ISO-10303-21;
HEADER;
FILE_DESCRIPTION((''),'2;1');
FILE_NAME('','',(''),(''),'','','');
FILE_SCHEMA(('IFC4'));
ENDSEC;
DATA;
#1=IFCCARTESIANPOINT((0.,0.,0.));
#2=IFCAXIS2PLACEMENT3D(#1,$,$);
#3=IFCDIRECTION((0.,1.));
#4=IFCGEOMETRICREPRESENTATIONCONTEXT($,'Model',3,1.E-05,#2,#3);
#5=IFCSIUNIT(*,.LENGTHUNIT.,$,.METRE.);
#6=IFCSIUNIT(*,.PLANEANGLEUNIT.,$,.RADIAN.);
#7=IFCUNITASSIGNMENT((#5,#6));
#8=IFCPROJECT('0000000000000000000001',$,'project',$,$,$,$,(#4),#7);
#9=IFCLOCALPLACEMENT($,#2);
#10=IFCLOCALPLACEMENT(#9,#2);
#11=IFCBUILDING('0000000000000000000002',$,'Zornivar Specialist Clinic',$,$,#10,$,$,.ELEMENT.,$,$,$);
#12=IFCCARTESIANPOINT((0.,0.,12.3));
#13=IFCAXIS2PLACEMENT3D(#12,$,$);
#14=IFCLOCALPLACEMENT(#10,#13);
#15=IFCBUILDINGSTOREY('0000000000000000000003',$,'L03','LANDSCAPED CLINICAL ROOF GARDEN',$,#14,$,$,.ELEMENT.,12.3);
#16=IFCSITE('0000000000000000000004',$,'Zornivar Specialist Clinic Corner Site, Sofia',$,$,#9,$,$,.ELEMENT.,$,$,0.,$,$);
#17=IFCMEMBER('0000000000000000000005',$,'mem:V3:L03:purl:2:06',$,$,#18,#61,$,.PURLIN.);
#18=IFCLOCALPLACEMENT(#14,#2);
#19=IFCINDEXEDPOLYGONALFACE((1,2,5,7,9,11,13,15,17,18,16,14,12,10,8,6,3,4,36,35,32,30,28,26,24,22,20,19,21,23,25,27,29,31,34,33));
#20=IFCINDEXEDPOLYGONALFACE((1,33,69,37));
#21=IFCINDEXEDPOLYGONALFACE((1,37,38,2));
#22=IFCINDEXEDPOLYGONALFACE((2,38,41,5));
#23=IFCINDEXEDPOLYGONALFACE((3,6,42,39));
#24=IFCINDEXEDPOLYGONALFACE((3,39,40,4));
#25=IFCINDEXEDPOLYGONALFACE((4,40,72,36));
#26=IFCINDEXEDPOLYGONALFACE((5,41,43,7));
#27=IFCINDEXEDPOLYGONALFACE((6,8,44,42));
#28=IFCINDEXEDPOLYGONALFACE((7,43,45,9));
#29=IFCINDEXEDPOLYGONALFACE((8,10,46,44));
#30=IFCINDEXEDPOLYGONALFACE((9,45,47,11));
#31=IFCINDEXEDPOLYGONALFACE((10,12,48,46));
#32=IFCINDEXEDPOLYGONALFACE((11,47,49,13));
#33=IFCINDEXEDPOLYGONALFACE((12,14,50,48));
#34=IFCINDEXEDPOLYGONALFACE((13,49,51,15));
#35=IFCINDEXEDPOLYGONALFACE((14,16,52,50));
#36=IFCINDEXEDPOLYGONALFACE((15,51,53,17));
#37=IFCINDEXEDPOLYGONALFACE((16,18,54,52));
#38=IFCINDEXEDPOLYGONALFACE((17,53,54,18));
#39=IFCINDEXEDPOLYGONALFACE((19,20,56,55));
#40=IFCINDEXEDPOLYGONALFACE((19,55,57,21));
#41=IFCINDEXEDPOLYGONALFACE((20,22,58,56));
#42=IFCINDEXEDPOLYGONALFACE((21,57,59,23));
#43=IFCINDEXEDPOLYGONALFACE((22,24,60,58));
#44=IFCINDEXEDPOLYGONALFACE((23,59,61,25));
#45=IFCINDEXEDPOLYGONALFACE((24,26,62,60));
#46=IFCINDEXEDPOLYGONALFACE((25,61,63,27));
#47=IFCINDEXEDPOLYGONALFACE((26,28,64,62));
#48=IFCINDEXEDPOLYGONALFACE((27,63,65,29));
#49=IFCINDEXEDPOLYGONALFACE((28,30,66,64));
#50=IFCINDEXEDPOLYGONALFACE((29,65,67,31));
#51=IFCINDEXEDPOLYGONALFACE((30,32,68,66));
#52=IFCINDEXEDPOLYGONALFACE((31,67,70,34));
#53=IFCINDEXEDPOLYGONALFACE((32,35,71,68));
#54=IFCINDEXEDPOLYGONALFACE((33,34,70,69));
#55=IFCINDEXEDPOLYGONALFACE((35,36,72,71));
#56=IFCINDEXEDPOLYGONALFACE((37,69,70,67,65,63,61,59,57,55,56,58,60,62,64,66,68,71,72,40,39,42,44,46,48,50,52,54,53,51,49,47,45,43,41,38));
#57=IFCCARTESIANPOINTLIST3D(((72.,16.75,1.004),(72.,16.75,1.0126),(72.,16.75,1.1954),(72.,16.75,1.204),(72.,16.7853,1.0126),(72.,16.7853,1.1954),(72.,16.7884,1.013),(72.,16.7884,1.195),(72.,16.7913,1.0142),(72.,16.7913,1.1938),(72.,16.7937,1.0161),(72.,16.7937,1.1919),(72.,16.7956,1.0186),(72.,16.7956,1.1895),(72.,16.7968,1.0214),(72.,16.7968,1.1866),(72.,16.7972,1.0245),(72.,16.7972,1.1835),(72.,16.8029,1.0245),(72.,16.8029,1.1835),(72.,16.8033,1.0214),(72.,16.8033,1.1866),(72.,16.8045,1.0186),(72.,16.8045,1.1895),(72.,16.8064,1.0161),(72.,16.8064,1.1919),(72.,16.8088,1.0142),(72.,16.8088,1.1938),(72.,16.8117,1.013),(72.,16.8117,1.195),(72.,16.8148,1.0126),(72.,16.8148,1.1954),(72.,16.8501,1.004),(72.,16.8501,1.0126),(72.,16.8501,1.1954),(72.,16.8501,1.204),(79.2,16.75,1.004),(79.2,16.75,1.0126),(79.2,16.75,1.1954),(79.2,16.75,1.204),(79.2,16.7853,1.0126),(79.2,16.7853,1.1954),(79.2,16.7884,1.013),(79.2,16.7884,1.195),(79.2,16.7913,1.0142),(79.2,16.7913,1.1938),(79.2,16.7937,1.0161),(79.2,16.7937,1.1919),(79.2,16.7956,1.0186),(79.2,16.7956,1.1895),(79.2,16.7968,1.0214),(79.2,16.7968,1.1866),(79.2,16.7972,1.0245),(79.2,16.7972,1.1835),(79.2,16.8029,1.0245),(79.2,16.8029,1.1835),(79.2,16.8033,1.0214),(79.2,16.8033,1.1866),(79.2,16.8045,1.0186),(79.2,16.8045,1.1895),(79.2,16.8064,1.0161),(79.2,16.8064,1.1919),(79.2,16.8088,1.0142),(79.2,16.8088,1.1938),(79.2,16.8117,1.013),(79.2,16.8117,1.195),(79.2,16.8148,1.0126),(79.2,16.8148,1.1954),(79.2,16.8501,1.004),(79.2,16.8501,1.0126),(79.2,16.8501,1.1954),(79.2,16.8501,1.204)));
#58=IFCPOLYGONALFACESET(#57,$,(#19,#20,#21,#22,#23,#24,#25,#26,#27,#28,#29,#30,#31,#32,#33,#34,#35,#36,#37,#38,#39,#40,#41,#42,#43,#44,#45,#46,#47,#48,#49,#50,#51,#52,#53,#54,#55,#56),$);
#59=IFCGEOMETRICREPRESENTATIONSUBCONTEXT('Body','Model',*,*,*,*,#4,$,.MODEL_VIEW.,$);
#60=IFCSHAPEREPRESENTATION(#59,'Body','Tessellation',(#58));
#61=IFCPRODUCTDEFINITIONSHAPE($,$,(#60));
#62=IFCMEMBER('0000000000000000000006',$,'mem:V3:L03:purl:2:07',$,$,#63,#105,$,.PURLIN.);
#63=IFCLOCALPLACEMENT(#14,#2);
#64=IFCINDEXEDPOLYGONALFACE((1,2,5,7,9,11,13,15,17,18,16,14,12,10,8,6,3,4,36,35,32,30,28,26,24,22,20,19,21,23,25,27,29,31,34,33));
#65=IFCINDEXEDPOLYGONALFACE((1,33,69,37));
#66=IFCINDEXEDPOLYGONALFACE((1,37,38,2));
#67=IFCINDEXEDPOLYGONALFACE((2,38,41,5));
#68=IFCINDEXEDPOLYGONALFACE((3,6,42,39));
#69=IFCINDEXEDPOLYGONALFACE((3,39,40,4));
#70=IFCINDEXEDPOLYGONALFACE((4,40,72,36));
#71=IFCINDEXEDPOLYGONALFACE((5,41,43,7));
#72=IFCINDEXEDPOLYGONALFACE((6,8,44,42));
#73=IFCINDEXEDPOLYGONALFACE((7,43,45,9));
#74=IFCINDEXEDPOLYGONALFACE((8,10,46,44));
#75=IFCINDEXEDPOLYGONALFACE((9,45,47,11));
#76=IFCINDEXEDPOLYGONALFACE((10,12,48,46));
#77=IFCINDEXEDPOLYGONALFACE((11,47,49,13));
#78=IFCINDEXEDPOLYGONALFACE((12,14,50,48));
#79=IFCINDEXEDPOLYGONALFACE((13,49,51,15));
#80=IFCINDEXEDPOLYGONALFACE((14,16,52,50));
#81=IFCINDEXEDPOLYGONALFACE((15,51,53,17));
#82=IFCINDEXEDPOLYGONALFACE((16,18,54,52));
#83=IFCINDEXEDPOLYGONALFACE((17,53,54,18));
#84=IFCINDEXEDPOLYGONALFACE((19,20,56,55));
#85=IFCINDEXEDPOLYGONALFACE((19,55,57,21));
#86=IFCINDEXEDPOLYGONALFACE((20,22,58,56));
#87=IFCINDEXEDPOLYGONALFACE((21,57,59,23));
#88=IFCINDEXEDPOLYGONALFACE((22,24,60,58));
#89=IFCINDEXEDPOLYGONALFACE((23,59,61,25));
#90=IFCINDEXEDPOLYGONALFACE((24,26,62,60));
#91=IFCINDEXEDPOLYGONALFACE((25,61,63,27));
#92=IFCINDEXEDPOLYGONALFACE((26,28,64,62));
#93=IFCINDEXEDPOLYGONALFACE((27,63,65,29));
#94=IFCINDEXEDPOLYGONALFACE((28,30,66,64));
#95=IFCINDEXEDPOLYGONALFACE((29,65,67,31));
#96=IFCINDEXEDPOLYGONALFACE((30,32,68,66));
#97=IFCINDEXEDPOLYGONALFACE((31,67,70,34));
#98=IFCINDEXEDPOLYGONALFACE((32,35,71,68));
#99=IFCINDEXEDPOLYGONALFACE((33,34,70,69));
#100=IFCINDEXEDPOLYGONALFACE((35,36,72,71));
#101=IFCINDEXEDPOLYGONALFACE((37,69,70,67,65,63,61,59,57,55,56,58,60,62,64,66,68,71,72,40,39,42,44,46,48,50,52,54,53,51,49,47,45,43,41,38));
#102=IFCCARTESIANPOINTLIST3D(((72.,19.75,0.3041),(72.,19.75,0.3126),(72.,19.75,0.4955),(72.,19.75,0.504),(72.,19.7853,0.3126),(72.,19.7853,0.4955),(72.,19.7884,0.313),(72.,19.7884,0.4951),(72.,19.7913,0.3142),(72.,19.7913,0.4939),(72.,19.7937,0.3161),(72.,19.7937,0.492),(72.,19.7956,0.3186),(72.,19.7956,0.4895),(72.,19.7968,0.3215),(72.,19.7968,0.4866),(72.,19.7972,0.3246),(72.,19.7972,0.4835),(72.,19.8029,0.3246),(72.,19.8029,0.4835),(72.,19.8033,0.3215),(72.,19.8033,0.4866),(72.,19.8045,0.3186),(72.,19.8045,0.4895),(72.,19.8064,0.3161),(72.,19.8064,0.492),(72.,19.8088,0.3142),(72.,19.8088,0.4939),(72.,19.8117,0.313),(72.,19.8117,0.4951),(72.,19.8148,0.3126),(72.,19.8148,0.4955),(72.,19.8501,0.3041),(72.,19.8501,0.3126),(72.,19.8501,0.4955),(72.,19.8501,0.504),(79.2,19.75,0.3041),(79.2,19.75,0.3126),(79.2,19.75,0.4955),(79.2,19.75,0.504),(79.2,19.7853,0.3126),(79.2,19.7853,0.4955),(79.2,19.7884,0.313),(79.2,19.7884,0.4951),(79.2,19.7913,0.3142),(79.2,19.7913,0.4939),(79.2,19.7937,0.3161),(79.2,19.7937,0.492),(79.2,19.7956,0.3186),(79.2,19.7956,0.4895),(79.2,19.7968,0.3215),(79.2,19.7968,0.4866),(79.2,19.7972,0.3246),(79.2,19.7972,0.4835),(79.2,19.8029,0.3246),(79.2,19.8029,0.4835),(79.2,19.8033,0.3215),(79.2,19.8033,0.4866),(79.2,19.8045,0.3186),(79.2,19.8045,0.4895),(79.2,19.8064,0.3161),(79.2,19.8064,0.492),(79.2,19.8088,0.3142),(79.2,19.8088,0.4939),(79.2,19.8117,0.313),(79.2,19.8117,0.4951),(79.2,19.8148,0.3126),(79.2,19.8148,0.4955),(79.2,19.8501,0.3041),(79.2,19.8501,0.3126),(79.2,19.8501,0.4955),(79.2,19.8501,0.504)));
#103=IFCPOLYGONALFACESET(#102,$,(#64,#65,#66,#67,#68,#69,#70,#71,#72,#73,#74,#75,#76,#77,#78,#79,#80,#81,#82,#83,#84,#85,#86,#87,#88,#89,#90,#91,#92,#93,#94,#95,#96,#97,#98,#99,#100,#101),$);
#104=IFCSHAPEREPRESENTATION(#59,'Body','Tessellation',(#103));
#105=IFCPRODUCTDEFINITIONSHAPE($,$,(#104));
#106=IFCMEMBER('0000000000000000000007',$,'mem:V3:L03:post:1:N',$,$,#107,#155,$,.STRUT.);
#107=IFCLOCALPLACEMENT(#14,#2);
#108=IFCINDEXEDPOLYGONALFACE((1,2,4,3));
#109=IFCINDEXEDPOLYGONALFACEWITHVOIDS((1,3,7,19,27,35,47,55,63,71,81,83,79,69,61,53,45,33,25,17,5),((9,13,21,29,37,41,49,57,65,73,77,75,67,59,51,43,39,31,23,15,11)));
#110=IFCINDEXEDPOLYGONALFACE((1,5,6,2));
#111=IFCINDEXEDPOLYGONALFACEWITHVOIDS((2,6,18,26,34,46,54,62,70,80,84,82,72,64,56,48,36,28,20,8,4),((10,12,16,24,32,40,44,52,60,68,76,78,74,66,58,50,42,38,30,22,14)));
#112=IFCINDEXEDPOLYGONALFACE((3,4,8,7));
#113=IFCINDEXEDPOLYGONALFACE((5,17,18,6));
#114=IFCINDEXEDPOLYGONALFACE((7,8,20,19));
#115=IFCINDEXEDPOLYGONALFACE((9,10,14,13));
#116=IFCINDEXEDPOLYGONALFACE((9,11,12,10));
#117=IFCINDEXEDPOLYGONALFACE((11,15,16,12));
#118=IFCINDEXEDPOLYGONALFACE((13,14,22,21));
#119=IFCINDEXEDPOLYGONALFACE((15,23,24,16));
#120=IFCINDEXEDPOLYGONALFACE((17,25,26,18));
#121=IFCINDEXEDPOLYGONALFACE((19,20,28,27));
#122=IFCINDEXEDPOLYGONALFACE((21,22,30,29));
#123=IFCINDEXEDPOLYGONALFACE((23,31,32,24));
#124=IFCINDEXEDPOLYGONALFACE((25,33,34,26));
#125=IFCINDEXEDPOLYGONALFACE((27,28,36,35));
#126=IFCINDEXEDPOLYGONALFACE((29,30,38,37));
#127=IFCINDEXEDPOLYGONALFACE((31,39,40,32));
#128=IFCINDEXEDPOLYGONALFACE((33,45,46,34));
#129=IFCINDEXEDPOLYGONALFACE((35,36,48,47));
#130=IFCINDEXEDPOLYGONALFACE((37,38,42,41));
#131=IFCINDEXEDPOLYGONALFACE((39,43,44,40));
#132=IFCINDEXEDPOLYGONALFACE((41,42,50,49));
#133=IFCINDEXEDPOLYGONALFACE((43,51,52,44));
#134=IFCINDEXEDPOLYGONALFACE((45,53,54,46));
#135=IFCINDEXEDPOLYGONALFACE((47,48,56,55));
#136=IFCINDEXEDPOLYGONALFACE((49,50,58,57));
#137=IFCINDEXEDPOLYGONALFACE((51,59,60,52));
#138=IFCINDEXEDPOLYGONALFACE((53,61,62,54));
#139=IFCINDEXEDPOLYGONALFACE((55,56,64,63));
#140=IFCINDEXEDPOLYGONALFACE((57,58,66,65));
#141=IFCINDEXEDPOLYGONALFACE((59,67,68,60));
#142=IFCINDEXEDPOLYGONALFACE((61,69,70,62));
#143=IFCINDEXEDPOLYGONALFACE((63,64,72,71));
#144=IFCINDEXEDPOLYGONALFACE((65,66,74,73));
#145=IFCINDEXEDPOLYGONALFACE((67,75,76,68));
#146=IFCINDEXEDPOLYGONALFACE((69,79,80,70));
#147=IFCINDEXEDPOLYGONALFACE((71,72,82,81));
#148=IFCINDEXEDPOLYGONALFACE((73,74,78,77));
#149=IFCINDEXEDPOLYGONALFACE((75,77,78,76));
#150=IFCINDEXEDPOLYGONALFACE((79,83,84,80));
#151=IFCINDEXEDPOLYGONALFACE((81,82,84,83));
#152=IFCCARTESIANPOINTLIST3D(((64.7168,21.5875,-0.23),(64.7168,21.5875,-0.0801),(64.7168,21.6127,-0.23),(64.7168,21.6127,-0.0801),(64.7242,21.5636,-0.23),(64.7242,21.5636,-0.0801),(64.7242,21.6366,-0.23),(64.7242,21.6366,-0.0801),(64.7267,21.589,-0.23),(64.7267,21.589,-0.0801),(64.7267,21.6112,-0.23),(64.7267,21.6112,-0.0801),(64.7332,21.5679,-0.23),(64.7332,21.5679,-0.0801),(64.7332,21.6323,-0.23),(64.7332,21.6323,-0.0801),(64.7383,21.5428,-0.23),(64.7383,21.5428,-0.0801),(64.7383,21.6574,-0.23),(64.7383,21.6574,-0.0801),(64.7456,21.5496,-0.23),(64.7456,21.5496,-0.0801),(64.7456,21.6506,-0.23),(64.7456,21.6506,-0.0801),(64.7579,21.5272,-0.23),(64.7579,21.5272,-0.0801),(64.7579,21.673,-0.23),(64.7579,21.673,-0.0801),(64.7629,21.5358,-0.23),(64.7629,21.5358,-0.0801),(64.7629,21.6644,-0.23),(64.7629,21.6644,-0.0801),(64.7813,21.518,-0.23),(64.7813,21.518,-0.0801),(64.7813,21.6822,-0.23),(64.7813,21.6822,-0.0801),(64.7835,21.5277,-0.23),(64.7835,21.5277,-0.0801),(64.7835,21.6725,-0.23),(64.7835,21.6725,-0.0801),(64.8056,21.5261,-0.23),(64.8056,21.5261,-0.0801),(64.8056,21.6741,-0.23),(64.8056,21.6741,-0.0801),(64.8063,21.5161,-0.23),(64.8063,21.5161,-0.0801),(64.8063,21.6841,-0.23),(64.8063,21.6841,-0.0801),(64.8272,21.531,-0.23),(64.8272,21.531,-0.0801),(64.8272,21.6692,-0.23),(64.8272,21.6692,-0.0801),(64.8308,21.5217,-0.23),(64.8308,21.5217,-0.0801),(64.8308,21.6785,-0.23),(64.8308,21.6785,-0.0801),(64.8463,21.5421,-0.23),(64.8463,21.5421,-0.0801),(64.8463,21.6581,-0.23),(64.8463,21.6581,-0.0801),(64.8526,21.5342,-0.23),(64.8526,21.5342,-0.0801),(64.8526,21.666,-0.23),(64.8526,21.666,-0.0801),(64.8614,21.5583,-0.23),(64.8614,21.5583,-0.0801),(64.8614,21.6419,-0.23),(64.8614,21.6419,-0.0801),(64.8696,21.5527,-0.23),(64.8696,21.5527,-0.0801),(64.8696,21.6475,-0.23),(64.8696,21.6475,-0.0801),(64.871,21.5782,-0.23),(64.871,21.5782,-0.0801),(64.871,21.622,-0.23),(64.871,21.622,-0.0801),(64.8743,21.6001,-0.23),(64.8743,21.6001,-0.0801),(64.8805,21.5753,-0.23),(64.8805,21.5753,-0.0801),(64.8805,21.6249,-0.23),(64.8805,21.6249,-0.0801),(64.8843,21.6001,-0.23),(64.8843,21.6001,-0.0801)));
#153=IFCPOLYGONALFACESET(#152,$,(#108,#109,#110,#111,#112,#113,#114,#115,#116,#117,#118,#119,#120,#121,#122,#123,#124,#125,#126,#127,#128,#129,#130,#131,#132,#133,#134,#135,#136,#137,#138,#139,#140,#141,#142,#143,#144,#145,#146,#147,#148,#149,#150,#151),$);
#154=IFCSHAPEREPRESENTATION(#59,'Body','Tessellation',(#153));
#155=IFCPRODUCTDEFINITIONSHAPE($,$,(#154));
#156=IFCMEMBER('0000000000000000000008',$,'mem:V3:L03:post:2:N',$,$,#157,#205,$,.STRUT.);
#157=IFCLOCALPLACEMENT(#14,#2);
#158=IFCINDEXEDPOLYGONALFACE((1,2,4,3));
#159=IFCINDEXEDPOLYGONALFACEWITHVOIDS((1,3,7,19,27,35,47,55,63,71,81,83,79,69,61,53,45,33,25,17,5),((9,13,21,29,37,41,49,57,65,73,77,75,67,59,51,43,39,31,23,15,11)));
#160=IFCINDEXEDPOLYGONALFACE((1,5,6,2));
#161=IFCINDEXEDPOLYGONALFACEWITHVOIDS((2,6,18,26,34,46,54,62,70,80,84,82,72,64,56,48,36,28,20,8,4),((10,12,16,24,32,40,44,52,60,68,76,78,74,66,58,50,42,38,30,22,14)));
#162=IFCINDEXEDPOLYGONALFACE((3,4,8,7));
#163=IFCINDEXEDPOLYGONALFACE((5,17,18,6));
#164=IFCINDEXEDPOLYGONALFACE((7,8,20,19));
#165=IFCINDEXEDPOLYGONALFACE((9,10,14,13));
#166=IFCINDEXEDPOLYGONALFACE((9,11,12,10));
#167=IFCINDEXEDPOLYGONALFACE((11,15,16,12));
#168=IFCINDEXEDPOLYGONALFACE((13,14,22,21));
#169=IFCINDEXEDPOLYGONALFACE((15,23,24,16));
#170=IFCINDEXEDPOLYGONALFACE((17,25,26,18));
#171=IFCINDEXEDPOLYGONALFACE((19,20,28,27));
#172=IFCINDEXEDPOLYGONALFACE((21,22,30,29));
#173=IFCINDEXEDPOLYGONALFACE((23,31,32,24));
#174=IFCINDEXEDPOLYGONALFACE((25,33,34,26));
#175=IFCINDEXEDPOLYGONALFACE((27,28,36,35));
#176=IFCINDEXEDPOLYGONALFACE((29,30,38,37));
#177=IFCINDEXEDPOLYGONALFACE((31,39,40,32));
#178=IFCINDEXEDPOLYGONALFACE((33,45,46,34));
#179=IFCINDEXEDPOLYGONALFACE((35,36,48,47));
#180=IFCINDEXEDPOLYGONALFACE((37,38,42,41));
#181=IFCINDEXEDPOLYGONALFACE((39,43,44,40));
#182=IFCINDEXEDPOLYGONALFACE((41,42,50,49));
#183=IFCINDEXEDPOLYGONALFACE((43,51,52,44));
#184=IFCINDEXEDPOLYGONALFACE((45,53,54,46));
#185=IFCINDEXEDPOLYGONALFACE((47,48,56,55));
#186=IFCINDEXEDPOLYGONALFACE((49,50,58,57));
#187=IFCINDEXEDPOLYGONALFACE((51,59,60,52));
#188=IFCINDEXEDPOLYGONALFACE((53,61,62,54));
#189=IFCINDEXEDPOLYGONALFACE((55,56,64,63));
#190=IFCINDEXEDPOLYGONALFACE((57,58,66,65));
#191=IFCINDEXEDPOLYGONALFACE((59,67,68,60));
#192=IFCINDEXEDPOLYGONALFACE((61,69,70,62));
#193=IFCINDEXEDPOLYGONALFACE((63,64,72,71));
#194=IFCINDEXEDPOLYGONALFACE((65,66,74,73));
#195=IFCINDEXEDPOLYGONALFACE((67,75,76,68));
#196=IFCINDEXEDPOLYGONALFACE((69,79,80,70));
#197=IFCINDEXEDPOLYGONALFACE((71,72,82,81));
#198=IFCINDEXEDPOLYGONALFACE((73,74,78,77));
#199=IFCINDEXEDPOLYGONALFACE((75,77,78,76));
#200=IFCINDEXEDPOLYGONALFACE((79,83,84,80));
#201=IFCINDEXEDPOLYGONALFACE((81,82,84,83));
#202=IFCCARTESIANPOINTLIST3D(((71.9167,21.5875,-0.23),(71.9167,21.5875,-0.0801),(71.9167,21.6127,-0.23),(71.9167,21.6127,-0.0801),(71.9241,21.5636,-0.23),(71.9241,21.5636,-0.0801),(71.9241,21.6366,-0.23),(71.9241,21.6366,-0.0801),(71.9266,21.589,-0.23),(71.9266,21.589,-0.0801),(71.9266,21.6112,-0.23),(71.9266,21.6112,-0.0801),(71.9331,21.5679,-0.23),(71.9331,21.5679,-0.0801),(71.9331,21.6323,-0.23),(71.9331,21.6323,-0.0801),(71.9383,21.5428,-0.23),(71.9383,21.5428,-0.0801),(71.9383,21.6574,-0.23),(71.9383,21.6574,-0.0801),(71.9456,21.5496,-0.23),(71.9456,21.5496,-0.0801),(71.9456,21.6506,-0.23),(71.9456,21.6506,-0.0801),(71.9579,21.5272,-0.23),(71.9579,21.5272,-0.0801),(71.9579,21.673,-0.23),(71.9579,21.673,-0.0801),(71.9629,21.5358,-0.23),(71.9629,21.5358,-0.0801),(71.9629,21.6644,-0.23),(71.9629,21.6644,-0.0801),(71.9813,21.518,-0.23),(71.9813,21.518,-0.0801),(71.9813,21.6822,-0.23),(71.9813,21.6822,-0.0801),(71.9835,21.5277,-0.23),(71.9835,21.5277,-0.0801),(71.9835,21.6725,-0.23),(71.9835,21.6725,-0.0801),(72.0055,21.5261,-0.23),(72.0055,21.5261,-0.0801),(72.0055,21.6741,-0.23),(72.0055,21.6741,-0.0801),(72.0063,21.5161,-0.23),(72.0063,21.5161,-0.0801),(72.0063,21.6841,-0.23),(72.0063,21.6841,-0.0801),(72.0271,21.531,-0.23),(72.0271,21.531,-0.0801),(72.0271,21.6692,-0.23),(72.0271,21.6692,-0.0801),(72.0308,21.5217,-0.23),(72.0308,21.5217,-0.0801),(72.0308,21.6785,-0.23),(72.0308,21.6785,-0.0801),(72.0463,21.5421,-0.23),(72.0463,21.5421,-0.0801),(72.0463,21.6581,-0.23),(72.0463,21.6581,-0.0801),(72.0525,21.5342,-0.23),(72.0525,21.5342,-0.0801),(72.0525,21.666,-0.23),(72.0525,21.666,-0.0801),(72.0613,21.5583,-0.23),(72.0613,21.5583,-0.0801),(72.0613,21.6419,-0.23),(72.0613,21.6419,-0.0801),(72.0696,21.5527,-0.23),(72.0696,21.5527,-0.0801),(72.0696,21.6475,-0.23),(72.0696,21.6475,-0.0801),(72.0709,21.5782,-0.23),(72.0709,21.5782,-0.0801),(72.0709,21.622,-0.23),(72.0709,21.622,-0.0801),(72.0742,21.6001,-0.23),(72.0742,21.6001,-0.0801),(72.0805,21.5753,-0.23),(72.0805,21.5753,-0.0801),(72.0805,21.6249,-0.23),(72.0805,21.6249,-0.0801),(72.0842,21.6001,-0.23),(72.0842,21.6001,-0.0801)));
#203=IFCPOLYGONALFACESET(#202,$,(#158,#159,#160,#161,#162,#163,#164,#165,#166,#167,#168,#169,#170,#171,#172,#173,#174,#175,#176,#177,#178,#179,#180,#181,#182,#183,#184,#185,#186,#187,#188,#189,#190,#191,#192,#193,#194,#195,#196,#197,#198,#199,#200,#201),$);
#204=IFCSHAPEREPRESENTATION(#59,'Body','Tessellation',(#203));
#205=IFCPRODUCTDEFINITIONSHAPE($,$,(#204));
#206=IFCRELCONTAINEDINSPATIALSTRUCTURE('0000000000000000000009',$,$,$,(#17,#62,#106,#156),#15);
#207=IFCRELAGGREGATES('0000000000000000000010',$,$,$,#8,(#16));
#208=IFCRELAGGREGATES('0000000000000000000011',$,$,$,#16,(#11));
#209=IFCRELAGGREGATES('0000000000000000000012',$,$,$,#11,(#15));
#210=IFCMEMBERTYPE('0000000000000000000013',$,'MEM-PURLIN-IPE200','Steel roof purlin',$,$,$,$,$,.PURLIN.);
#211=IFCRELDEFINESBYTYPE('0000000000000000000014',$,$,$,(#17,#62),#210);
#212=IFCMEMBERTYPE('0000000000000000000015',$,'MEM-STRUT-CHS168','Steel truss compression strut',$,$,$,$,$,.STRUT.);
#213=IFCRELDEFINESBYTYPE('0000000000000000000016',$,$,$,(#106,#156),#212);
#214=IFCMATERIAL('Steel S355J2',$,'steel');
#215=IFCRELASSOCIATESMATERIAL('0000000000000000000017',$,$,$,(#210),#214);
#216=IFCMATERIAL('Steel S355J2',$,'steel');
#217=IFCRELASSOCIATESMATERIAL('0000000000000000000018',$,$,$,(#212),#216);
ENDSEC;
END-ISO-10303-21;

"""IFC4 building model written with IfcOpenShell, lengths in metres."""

from ifc_helpers import new_model, si_unit, direction, frame, origin, origin_2d, place, context, subcontext, project, spatial, hollow_circle, i_section, extrude, material, material_profile, profile_set, type_object, element, save


model = new_model("IFC4")

# Units and contexts
model_context = context("Model", 3, precision=1e-05, world=origin(), true_north=direction((0.0, 1.0)))
body_context = subcontext(model_context, "Body", "Model", "MODEL_VIEW")
ifc_project = project(units=[si_unit("LENGTHUNIT", "METRE"), si_unit("PLANEANGLEUNIT", "RADIAN")], contexts=[model_context])

# Site, building, storey
site_placement = place(None, origin())
site = spatial("IfcSite", under=ifc_project, at=site_placement, Name="Zornivar Specialist Clinic Corner Site, Sofia", CompositionType="ELEMENT", RefElevation=0.0)
building_placement = place(site_placement, origin())
building = spatial("IfcBuilding", under=site, at=building_placement, Name="Zornivar Specialist Clinic", CompositionType="ELEMENT")
storey_placement = place(building_placement, frame((0.0, 0.0, 12.3)))
storey = spatial("IfcBuildingStorey", under=building, at=storey_placement, Name="L03", Description="LANDSCAPED CLINICAL ROOF GARDEN", CompositionType="ELEMENT", Elevation=12.3)

# Members
ifc_material_1 = material(Name="Steel S355J2", Category="steel")
ifc_material_profile_1 = material_profile(ifc_material_1, i_section(OverallWidth=0.1001, OverallDepth=0.2, WebThickness=0.0056, FlangeThickness=0.0085, FilletRadius=0.012, at=origin_2d()), Name="IPE 200")
ifc_profile_set_1 = profile_set([ifc_material_profile_1], Name="Steel S355J2")
member_type_1 = type_object("IfcMemberType", Name="MEM-PURLIN-IPE200", Description="Steel roof purlin", PredefinedType="PURLIN", material=ifc_profile_set_1)
for number, where, z_axis, x_axis, name in (
    (1, (72.0, 16.8, 1.104), (1.0, 0.0, 0.0), (0.0, 1.0, 0.0), "mem:V3:L03:purl:2:06"),
    (2, (72.0, 19.8, 0.4041), (1.0, 0.0, 0.0), (0.0, 1.0, 0.0), "mem:V3:L03:purl:2:07"),
):
    element("IfcMember", number, at=place(storey_placement, frame(where, z_axis=z_axis, x_axis=x_axis)), inside=storey, type_object=member_type_1, Name=name, PredefinedType="PURLIN", context=body_context, shape_type="SweptSolid", body=[
        extrude(i_section(OverallWidth=0.1001, OverallDepth=0.2, WebThickness=0.0056, FlangeThickness=0.0085, FilletRadius=0.012, at=origin_2d()), origin(), (0.0, 0.0, 1.0), 7.2),
    ])
ifc_material_2 = material(Name="Steel S355J2", Category="steel")
ifc_material_profile_2 = material_profile(ifc_material_2, hollow_circle(Radius=0.0842, WallThickness=0.01, at=origin_2d()), Name="CHS 168.3x10")
ifc_profile_set_2 = profile_set([ifc_material_profile_2], Name="Steel S355J2")
member_type_2 = type_object("IfcMemberType", Name="MEM-STRUT-CHS168", Description="Steel truss compression strut", PredefinedType="STRUT", material=ifc_profile_set_2)
for number, where, z_axis, x_axis, name in (
    (3, (64.8, 21.6001, -0.0801), (0.0, 0.0, -1.0), (1.0, 0.0, 0.0), "mem:V3:L03:post:1:N"),
    (4, (72.0, 21.6001, -0.0801), (0.0, 0.0, -1.0), (1.0, 0.0, 0.0), "mem:V3:L03:post:2:N"),
):
    element("IfcMember", number, at=place(storey_placement, frame(where, z_axis=z_axis, x_axis=x_axis)), inside=storey, type_object=member_type_2, Name=name, PredefinedType="STRUT", context=body_context, shape_type="SweptSolid", body=[
        extrude(hollow_circle(Radius=0.0842, WallThickness=0.01, at=origin_2d()), origin(), (0.0, 0.0, 1.0), 0.1499),
    ])

save(model, "model.ifc")
